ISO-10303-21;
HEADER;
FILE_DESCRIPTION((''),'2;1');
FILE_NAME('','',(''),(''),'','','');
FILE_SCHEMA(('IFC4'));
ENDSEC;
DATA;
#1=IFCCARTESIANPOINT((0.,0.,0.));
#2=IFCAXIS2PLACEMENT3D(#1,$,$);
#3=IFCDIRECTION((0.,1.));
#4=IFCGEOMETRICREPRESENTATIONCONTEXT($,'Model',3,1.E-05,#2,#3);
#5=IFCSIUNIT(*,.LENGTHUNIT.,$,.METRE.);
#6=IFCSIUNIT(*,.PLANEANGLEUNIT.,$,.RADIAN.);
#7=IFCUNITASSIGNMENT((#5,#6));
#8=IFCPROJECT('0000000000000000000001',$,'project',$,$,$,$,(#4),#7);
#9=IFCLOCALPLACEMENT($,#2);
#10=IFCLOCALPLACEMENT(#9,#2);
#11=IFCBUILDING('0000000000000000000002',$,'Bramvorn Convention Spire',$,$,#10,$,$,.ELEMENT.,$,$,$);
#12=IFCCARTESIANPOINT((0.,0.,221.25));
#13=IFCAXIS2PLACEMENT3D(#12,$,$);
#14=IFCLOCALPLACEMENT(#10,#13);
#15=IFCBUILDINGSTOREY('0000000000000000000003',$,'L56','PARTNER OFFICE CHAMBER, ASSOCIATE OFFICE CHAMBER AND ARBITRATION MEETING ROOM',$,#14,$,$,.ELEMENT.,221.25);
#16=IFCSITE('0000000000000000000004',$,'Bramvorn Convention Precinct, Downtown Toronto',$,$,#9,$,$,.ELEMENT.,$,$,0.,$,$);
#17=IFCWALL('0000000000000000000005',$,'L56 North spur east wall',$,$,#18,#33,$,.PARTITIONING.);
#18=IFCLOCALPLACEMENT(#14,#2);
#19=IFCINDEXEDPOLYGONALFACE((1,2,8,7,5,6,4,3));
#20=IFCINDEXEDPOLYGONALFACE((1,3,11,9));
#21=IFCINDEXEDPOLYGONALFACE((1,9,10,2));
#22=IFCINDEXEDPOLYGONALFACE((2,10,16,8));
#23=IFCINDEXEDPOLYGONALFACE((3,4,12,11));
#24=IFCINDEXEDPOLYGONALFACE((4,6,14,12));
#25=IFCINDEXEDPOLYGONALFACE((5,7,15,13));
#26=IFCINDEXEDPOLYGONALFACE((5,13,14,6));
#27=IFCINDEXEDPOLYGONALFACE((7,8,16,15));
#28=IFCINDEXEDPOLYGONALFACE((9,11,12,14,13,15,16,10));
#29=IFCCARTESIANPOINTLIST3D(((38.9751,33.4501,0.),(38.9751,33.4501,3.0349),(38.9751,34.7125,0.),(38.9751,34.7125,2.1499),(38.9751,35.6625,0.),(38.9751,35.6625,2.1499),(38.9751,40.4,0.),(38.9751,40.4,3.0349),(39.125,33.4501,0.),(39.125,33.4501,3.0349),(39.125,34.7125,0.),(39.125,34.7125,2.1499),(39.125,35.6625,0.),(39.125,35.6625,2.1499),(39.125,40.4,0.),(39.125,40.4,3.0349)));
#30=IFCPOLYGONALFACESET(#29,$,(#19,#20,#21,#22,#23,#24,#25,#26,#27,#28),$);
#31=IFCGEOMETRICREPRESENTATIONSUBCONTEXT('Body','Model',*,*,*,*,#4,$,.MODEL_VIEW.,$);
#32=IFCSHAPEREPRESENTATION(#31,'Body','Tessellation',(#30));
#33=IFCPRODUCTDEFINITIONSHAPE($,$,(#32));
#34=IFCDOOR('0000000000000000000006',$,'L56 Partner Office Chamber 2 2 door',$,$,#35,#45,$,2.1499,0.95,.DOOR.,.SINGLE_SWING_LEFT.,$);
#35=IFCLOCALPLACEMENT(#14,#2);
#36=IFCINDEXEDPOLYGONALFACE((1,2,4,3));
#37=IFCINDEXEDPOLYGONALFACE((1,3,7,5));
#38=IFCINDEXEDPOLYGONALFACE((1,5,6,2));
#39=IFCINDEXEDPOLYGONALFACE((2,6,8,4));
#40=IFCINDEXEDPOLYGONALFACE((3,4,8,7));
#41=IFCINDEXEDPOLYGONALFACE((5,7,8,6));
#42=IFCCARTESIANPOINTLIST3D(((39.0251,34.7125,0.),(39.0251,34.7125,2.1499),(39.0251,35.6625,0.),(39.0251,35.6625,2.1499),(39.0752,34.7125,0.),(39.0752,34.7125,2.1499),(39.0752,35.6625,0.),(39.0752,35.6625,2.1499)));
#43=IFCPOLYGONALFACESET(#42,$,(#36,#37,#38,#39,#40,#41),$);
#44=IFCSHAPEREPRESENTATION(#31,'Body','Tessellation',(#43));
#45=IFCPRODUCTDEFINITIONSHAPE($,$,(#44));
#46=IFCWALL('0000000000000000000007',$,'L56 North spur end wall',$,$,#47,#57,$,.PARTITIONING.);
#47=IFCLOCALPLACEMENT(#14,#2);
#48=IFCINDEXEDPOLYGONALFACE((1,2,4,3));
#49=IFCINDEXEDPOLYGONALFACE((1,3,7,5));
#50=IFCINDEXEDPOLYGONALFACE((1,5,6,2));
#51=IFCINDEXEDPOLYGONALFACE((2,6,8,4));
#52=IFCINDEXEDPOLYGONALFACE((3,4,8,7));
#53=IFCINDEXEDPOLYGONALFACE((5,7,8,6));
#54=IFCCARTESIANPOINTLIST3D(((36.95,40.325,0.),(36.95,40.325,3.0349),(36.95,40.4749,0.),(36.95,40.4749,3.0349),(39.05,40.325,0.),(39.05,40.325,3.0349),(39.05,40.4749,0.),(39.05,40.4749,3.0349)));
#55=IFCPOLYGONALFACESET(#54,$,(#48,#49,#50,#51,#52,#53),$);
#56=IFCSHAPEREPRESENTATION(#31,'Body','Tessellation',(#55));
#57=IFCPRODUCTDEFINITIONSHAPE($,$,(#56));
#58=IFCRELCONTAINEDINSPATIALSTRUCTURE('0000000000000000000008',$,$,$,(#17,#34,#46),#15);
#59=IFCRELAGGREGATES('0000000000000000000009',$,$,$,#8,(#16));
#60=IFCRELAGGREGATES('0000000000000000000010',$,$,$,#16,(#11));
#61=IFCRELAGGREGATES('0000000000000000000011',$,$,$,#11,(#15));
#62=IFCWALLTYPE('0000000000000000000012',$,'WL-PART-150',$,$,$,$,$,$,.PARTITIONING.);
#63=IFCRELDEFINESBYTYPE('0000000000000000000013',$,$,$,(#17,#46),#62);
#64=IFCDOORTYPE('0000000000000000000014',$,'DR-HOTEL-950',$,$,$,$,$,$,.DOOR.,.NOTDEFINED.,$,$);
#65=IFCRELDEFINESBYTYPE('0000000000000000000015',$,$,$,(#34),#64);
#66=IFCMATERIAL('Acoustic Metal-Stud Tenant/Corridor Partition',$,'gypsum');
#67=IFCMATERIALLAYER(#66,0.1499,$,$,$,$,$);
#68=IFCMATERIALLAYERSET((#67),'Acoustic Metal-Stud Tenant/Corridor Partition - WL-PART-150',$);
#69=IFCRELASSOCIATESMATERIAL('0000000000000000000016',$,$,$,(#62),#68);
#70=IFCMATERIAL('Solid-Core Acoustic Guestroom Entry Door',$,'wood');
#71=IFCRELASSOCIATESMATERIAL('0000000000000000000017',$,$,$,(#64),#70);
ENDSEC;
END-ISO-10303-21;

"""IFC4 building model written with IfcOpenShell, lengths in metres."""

from ifc_helpers import new_model, si_unit, direction, frame, frame_2d, origin, place, context, subcontext, project, spatial, rectangle, extrude, material, layer, layer_set, type_object, element, fill, save


model = new_model("IFC4")

# Units and contexts
model_context = context("Model", 3, precision=1e-05, world=origin(), true_north=direction((0.0, 1.0)))
body_context = subcontext(model_context, "Body", "Model", "MODEL_VIEW")
ifc_project = project(units=[si_unit("LENGTHUNIT", "METRE"), si_unit("PLANEANGLEUNIT", "RADIAN")], contexts=[model_context])

# Site, building, storey
site_placement = place(None, origin())
site = spatial("IfcSite", under=ifc_project, at=site_placement, Name="Bramvorn Convention Precinct, Downtown Toronto", CompositionType="ELEMENT", RefElevation=0.0)
building_placement = place(site_placement, origin())
building = spatial("IfcBuilding", under=site, at=building_placement, Name="Bramvorn Convention Spire", CompositionType="ELEMENT")
storey_placement = place(building_placement, frame((0.0, 0.0, 221.25)))
storey = spatial("IfcBuildingStorey", under=building, at=storey_placement, Name="L56", Description="PARTNER OFFICE CHAMBER, ASSOCIATE OFFICE CHAMBER AND ARBITRATION MEETING ROOM", CompositionType="ELEMENT", Elevation=221.25)

# Shared definitions
ifc_material_1 = material(Name="Acoustic Metal-Stud Tenant/Corridor Partition", Category="gypsum")
ifc_layer_1 = layer(ifc_material_1, 0.1499)
ifc_layer_set_1 = layer_set([ifc_layer_1], Name="Acoustic Metal-Stud Tenant/Corridor Partition - WL-PART-150")
wall_type_1 = type_object("IfcWallType", Name="WL-PART-150", PredefinedType="PARTITIONING", material=ifc_layer_set_1)

# Wall, opening, door
wall_1_placement = place(storey_placement, frame((39.05, 33.45, 0.0), z_axis=(0.0, 0.0, 1.0), x_axis=(0.0, 1.0, 0.0)))
wall_1 = element("IfcWall", 1, at=wall_1_placement, inside=storey, type_object=wall_type_1, Name="L56 North spur east wall", PredefinedType="PARTITIONING", context=body_context, shape_type="SweptSolid", body=[
    extrude(rectangle(XDim=6.95, YDim=0.1499, at=frame_2d((3.4751, 0.0))), origin(), (0.0, 0.0, 1.0), 3.0349),
])
opening_1_placement = place(wall_1_placement, frame((1.2625, 0.0, 0.0)))
opening_1 = element("IfcOpeningElement", 2, at=opening_1_placement, cuts=wall_1, PredefinedType="OPENING", context=body_context, shape_type="SweptSolid", body=[
    extrude(rectangle(XDim=0.95, YDim=2.1499, at=frame_2d((0.4751, 1.075))), frame((0.0, 0.085, 0.0), z_axis=(0.0, -1.0, 0.0), x_axis=(1.0, 0.0, 0.0)), (0.0, 0.0, 1.0), 0.1699),
])
ifc_material_2 = material(Name="Solid-Core Acoustic Guestroom Entry Door", Category="wood")
door_type_1 = type_object("IfcDoorType", Name="DR-HOTEL-950", OperationType="NOTDEFINED", PredefinedType="DOOR", material=ifc_material_2)
door_1_placement = place(opening_1_placement, origin())
door_1 = element("IfcDoor", 3, at=door_1_placement, inside=storey, type_object=door_type_1, Name="L56 Partner Office Chamber 2 2 door", OperationType="SINGLE_SWING_LEFT", OverallHeight=2.1499, OverallWidth=0.95, PredefinedType="DOOR", context=body_context, shape_type="SweptSolid", body=[
    extrude(rectangle(XDim=0.95, YDim=2.1499, at=frame_2d((0.4751, 1.075))), frame((0.0, 0.0249, 0.0), z_axis=(0.0, -1.0, 0.0), x_axis=(1.0, 0.0, 0.0)), (0.0, 0.0, 1.0), 0.05),
])
fill(opening_1, door_1)

# Wall
wall_2_placement = place(storey_placement, frame((36.95, 40.3999, 0.0), z_axis=(0.0, 0.0, 1.0), x_axis=(1.0, 0.0, 0.0)))
element("IfcWall", 4, at=wall_2_placement, inside=storey, type_object=wall_type_1, Name="L56 North spur end wall", PredefinedType="PARTITIONING", context=body_context, shape_type="SweptSolid", body=[
    extrude(rectangle(XDim=2.1001, YDim=0.1499, at=frame_2d((1.05, 0.0))), origin(), (0.0, 0.0, 1.0), 3.0349),
])

save(model, "model.ifc")
